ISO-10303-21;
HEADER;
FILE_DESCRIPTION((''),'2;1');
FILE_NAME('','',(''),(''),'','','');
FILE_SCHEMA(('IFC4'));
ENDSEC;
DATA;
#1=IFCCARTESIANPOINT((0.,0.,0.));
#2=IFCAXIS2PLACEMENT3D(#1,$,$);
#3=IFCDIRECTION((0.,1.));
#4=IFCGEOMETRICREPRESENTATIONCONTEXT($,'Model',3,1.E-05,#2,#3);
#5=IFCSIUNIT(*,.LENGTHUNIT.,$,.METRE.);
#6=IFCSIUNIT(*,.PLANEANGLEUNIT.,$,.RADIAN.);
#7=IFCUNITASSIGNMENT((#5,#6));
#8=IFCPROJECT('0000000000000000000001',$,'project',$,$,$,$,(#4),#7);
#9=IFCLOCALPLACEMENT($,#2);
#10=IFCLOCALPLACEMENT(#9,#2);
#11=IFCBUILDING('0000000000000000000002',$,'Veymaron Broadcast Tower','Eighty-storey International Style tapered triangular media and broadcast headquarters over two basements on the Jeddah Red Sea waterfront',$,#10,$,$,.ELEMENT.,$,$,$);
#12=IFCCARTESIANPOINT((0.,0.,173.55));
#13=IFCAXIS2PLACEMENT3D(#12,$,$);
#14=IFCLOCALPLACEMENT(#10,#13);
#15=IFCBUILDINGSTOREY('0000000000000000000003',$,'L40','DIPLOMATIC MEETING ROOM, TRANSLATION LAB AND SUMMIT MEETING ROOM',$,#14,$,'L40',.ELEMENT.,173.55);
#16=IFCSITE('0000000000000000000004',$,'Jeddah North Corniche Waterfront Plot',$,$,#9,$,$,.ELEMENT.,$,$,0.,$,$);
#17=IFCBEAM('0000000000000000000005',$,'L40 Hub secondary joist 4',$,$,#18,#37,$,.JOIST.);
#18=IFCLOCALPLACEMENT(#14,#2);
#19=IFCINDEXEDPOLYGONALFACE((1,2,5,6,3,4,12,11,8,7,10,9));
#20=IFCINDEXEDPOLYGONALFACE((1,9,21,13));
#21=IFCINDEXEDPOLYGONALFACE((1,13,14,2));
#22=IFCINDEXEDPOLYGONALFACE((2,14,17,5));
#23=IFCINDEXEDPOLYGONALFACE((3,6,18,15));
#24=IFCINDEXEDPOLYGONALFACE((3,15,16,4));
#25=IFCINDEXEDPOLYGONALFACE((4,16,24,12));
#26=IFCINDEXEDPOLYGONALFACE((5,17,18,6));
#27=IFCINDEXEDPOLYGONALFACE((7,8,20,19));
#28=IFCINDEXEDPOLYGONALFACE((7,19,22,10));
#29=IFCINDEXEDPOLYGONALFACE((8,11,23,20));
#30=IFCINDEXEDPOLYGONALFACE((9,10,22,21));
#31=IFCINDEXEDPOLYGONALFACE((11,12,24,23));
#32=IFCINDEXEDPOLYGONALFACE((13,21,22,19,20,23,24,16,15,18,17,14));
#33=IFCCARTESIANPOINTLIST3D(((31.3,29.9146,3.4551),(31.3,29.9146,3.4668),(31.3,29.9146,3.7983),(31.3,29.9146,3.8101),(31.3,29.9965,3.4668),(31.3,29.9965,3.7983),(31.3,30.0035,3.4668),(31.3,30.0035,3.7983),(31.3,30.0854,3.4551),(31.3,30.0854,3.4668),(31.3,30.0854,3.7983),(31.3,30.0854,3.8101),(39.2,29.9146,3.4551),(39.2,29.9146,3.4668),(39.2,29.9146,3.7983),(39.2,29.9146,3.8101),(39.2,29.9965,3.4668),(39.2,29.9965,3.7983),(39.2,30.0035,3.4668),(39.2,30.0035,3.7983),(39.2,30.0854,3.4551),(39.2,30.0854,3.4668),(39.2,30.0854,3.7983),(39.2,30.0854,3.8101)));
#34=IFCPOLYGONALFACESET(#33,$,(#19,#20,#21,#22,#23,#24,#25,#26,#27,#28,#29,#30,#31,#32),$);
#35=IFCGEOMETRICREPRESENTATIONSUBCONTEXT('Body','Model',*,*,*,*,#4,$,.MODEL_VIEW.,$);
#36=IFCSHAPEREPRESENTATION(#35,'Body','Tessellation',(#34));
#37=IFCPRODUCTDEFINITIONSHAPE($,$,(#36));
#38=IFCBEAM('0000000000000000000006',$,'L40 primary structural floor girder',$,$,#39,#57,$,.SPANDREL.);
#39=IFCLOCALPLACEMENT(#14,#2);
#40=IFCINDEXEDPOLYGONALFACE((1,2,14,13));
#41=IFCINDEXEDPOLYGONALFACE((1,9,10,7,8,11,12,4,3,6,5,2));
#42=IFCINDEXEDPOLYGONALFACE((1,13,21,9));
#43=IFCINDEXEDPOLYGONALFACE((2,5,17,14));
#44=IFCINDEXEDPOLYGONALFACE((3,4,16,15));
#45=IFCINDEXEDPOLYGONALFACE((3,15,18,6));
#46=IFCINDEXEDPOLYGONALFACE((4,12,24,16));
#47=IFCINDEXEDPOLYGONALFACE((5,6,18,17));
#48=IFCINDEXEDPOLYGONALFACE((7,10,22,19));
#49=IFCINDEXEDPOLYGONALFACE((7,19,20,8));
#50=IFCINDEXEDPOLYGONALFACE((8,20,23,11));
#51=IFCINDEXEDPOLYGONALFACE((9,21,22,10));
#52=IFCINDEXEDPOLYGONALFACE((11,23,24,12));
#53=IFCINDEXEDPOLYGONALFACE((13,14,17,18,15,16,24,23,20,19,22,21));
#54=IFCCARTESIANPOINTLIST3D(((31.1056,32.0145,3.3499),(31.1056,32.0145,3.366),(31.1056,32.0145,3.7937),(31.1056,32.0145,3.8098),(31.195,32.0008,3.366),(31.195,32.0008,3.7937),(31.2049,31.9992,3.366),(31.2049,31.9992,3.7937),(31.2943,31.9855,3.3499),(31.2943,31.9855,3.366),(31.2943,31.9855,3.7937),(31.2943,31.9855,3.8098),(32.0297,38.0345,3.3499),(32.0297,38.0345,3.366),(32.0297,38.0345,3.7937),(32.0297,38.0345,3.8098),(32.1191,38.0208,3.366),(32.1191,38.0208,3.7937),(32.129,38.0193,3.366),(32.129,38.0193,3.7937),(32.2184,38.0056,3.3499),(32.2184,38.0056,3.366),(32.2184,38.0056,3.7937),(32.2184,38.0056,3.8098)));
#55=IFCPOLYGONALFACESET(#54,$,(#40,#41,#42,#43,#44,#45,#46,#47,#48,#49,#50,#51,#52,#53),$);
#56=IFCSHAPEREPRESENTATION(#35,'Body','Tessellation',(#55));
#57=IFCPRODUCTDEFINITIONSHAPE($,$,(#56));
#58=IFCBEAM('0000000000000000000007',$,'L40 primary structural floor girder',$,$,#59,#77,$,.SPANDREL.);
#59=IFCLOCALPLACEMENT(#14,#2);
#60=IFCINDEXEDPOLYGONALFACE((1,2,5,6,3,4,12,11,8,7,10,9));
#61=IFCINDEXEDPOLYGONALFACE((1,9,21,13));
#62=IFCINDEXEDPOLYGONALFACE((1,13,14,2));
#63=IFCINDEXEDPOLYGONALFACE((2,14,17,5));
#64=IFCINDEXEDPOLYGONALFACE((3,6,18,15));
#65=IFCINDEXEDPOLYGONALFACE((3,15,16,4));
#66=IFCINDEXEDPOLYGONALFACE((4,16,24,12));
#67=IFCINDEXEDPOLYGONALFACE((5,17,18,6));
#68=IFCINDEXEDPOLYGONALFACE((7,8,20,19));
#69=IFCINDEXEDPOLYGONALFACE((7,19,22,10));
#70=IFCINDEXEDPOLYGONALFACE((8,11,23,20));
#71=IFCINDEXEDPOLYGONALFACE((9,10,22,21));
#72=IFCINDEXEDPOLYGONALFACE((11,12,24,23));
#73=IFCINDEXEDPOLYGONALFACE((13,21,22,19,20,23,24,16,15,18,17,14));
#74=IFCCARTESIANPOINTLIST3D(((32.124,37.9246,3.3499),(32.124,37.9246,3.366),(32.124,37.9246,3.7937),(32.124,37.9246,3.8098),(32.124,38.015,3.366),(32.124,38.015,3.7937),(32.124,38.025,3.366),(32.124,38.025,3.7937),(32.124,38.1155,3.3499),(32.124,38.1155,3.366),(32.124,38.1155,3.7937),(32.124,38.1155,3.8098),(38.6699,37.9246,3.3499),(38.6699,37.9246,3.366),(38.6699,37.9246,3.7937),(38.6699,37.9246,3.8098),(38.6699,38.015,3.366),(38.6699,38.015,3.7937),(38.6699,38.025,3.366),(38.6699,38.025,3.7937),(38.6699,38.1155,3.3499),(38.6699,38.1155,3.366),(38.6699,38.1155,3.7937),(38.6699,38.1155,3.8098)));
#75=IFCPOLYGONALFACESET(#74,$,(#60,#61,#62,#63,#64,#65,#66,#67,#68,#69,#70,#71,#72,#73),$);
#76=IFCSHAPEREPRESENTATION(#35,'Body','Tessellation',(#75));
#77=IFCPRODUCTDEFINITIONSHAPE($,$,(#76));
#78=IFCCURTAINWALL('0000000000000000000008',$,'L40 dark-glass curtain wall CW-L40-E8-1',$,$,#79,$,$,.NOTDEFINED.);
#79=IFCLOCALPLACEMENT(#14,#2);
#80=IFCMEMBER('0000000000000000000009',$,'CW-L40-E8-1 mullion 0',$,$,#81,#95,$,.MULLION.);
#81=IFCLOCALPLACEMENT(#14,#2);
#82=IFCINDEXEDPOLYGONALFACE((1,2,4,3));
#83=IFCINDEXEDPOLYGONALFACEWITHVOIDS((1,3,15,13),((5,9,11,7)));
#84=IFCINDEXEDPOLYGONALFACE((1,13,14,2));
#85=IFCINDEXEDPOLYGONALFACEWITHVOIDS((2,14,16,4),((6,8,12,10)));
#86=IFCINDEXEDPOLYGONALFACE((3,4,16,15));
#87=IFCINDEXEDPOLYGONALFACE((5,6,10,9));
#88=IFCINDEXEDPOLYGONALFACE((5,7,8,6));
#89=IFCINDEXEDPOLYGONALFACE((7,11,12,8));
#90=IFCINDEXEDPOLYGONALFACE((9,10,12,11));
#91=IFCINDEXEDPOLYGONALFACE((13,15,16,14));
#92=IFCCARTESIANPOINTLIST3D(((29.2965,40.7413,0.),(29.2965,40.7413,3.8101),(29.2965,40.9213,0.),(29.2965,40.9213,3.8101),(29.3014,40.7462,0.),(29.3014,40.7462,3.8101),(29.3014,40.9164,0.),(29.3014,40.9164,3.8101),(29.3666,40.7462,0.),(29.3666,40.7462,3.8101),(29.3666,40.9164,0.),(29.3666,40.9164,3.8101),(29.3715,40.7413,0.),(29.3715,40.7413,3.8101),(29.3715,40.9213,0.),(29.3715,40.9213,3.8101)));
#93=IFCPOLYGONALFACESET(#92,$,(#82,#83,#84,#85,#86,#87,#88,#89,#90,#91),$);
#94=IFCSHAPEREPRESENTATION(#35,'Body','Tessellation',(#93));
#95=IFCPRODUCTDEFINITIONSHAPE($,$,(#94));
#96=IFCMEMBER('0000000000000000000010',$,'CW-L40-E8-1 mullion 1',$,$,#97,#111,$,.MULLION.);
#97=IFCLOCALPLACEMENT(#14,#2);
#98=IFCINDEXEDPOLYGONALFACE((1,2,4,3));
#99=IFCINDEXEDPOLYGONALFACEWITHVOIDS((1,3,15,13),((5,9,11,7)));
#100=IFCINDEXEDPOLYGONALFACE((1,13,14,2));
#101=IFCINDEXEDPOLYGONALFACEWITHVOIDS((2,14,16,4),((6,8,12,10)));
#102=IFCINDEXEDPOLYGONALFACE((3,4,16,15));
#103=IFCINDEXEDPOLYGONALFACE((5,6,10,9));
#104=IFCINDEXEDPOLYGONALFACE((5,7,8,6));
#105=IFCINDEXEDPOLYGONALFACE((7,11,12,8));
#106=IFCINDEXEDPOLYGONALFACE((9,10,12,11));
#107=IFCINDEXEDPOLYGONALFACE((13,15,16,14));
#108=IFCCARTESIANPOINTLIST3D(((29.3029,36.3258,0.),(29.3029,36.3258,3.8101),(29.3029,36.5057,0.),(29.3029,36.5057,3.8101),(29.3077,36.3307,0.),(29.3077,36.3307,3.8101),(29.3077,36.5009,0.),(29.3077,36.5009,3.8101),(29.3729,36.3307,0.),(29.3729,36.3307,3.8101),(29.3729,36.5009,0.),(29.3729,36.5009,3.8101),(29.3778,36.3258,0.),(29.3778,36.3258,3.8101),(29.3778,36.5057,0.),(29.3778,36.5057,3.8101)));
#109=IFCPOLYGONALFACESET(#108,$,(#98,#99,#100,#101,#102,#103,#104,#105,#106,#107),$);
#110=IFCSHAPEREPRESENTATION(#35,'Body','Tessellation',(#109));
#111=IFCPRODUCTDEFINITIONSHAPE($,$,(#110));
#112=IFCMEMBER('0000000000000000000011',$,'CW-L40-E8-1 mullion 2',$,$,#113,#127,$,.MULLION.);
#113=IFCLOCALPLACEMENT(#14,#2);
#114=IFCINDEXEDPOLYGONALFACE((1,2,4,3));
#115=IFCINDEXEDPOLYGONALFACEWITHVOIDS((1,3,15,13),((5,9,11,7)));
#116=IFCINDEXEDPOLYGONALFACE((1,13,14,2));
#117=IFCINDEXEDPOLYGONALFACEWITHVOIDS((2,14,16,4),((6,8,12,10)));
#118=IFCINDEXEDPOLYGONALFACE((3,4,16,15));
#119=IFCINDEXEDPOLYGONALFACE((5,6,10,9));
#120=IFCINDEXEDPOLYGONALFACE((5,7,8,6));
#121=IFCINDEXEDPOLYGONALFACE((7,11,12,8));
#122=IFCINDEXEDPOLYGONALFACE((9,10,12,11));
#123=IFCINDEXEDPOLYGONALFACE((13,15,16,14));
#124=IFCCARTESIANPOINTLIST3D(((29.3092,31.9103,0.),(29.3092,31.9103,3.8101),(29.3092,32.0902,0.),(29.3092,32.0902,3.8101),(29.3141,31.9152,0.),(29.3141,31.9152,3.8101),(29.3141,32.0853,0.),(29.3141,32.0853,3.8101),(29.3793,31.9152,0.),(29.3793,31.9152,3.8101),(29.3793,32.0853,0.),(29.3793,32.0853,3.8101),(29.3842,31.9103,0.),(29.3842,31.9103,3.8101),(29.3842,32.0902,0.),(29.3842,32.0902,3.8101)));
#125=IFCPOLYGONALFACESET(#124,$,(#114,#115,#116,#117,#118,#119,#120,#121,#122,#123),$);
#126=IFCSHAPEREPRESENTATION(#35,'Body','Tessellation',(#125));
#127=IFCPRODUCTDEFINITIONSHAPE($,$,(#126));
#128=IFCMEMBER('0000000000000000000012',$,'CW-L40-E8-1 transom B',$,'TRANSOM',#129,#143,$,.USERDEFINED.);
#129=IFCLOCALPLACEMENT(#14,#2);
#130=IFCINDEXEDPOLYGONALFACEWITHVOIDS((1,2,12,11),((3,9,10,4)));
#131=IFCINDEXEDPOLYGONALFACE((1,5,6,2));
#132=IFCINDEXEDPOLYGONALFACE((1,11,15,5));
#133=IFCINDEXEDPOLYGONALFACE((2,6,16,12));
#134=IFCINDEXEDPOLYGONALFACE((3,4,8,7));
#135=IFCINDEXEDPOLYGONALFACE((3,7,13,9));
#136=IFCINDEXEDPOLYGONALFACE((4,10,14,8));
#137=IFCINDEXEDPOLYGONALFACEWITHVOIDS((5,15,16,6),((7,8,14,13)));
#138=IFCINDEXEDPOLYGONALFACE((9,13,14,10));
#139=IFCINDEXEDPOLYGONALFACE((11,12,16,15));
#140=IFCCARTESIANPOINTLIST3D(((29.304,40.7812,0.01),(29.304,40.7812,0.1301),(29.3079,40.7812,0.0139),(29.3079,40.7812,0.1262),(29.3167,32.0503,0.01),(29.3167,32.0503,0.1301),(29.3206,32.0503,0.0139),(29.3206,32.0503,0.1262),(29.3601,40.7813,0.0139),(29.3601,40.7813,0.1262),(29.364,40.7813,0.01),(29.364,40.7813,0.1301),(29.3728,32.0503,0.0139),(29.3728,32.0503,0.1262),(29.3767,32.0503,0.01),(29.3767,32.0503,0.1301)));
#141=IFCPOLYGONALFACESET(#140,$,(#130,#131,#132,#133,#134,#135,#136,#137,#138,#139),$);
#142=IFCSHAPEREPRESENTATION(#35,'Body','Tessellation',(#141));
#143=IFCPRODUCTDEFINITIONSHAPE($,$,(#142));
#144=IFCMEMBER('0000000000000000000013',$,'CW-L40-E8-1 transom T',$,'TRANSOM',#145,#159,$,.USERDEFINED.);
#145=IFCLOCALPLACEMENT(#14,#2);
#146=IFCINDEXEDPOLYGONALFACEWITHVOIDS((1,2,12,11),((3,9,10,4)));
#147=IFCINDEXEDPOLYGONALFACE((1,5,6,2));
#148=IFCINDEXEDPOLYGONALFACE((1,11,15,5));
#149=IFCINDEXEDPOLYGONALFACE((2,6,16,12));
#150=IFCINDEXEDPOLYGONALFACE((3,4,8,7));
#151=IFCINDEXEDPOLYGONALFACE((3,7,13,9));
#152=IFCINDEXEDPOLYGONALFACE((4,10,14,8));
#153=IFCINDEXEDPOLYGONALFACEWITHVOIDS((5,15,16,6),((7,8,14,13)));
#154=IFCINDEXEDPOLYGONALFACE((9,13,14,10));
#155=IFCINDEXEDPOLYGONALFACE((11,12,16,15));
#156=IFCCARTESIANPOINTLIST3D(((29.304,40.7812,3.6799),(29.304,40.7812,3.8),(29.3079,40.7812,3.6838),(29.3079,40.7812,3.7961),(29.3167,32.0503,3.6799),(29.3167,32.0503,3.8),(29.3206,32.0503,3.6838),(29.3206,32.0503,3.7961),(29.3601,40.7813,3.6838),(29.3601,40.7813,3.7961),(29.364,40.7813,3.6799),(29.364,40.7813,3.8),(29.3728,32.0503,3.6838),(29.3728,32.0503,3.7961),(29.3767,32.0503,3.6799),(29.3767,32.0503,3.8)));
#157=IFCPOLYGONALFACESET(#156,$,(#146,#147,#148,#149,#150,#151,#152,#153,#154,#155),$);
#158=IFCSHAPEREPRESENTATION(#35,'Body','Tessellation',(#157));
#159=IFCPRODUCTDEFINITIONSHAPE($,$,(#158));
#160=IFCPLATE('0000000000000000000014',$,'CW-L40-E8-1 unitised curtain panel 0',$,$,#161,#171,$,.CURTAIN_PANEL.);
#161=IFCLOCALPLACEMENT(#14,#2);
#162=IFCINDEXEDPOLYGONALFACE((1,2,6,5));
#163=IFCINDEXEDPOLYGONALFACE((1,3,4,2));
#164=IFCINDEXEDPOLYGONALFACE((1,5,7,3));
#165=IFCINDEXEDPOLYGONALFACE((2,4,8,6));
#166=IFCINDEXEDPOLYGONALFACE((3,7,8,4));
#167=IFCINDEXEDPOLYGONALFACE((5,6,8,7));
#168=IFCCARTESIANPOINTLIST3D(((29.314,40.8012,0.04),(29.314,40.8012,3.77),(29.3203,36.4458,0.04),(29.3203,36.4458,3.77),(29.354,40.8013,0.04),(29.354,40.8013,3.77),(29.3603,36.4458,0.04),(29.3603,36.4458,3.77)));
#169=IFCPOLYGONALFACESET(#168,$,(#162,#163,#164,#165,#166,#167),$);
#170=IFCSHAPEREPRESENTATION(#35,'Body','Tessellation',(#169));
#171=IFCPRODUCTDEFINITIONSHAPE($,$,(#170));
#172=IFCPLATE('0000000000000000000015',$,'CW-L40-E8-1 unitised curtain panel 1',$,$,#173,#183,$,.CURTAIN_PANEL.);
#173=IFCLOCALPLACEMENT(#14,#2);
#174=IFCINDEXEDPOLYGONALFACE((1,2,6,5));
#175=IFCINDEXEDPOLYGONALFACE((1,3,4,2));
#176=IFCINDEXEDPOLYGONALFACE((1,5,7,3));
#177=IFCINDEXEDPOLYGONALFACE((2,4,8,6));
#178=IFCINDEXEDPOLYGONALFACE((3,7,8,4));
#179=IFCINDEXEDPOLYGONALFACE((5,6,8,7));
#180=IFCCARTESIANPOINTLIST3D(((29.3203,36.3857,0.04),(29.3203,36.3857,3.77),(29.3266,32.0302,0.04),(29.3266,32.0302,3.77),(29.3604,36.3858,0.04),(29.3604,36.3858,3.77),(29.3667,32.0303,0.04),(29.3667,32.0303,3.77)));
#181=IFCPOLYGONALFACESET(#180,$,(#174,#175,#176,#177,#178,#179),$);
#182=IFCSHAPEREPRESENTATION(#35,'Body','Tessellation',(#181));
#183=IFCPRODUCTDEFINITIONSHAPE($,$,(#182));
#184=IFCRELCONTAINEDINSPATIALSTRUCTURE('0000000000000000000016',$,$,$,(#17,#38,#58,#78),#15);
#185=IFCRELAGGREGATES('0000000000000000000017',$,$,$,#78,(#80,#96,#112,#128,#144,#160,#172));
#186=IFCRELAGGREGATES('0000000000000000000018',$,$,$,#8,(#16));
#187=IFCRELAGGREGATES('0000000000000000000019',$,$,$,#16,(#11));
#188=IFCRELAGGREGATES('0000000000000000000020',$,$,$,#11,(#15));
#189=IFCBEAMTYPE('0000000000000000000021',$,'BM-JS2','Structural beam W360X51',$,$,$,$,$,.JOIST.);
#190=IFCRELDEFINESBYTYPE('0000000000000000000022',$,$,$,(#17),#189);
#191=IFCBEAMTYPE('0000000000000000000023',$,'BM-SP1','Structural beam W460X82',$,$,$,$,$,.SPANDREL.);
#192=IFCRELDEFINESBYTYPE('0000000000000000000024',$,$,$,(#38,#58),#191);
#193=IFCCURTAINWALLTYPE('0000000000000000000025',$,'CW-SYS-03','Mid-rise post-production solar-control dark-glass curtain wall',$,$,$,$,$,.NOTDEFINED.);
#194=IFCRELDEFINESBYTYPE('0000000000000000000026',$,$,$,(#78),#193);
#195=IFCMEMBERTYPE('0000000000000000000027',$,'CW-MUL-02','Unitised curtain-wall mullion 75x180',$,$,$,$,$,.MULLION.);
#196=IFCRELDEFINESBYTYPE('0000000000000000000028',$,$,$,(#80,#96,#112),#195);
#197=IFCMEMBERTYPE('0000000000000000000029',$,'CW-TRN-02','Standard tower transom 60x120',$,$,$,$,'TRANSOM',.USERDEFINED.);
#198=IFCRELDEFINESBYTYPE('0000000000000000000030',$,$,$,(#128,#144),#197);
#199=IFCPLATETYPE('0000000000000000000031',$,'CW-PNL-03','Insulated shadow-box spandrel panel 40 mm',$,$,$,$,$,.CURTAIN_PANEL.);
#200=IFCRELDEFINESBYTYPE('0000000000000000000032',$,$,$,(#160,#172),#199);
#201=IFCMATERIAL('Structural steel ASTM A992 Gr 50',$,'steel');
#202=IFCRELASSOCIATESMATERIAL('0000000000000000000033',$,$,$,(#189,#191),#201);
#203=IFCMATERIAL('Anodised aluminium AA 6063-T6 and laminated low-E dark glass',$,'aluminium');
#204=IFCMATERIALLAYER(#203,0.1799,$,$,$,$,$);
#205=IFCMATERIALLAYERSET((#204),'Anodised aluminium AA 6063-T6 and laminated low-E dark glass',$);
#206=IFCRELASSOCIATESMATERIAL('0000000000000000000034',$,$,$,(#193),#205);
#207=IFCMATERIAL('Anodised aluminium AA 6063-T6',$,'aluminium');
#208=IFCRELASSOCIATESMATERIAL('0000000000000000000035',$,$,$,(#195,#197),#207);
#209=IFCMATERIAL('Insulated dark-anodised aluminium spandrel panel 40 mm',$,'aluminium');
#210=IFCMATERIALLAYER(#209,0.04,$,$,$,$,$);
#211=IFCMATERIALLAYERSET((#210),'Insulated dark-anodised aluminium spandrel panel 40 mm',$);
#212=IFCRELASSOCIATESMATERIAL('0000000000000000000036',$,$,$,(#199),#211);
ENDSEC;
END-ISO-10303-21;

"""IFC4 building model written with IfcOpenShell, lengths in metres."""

from ifc_helpers import new_model, si_unit, direction, frame, origin, origin_2d, place, context, subcontext, project, spatial, rectangle, hollow_rectangle, i_section, extrude, material, layer, layer_set, material_profile, profile_set, type_object, element, aggregate, save


model = new_model("IFC4")

# Units and contexts
model_context = context("Model", 3, precision=1e-05, world=origin(), true_north=direction((0.0, 1.0)))
body_context = subcontext(model_context, "Body", "Model", "MODEL_VIEW")
ifc_project = project(units=[si_unit("LENGTHUNIT", "METRE"), si_unit("PLANEANGLEUNIT", "RADIAN")], contexts=[model_context])

# Site, building, storey
site_placement = place(None, origin())
site = spatial("IfcSite", under=ifc_project, at=site_placement, Name="Jeddah North Corniche Waterfront Plot", CompositionType="ELEMENT", RefElevation=0.0)
building_placement = place(site_placement, origin())
building = spatial("IfcBuilding", under=site, at=building_placement, Name="Veymaron Broadcast Tower", Description="Eighty-storey International Style tapered triangular media and broadcast headquarters over two basements on the Jeddah Red Sea waterfront", CompositionType="ELEMENT")
storey_placement = place(building_placement, frame((0.0, 0.0, 173.55)))
storey = spatial("IfcBuildingStorey", under=building, at=storey_placement, Name="L40", Description="DIPLOMATIC MEETING ROOM, TRANSLATION LAB AND SUMMIT MEETING ROOM", LongName="L40", CompositionType="ELEMENT", Elevation=173.55)

# Shared definitions
ifc_material_1 = material(Name="Structural steel ASTM A992 Gr 50", Category="steel")

# Beams
ifc_material_profile_1 = material_profile(ifc_material_1, i_section(OverallWidth=0.1709, OverallDepth=0.355, WebThickness=0.0071, FlangeThickness=0.0117, at=origin_2d()), Name="W360X51")
ifc_profile_set_1 = profile_set([ifc_material_profile_1], Name="Structural steel ASTM A992 Gr 50")
beam_type_1 = type_object("IfcBeamType", Name="BM-JS2", Description="Structural beam W360X51", PredefinedType="JOIST", material=ifc_profile_set_1)
for number, where, z_axis, x_axis, name in (
    (1, (31.3, 30.0, 3.6326), (1.0, 0.0, 0.0), (0.0, 1.0, 0.0), "L40 Hub secondary joist 4"),
):
    element("IfcBeam", number, at=place(storey_placement, frame(where, z_axis=z_axis, x_axis=x_axis)), inside=storey, type_object=beam_type_1, Name=name, PredefinedType="JOIST", context=body_context, shape_type="SweptSolid", body=[
        extrude(i_section(OverallWidth=0.1709, OverallDepth=0.355, WebThickness=0.0071, FlangeThickness=0.0117, at=origin_2d()), origin(), (0.0, 0.0, 1.0), 7.8999),
    ])
ifc_material_profile_2 = material_profile(ifc_material_1, i_section(OverallWidth=0.1909, OverallDepth=0.46, WebThickness=0.01, FlangeThickness=0.0161, at=origin_2d()), Name="W460X82")
ifc_profile_set_2 = profile_set([ifc_material_profile_2], Name="Structural steel ASTM A992 Gr 50")
beam_type_2 = type_object("IfcBeamType", Name="BM-SP1", Description="Structural beam W460X82", PredefinedType="SPANDREL", material=ifc_profile_set_2)
beam_1_placement = place(storey_placement, frame((31.2, 32.0, 3.5798), z_axis=(0.151723, 0.988423, 0.0), x_axis=(-0.988423, 0.151723, 0.0)))
element("IfcBeam", 2, at=beam_1_placement, inside=storey, type_object=beam_type_2, Name="L40 primary structural floor girder", PredefinedType="SPANDREL", context=body_context, shape_type="SweptSolid", body=[
    extrude(i_section(OverallWidth=0.1909, OverallDepth=0.46, WebThickness=0.01, FlangeThickness=0.0161, at=origin_2d()), origin(), (0.0, 0.0, 1.0), 6.0906),
])
beam_2_placement = place(storey_placement, frame((32.124, 38.02, 3.5798), z_axis=(1.0, 0.0, 0.0), x_axis=(0.0, 1.0, 0.0)))
element("IfcBeam", 3, at=beam_2_placement, inside=storey, type_object=beam_type_2, Name="L40 primary structural floor girder", PredefinedType="SPANDREL", context=body_context, shape_type="SweptSolid", body=[
    extrude(i_section(OverallWidth=0.1909, OverallDepth=0.46, WebThickness=0.01, FlangeThickness=0.0161, at=origin_2d()), origin(), (0.0, 0.0, 1.0), 6.5459),
])

# Curtain wall, members, plates
ifc_material_2 = material(Name="Anodised aluminium AA 6063-T6 and laminated low-E dark glass", Category="aluminium")
ifc_layer_1 = layer(ifc_material_2, 0.1799)
ifc_layer_set_1 = layer_set([ifc_layer_1], Name="Anodised aluminium AA 6063-T6 and laminated low-E dark glass")
curtain_wall_type = type_object("IfcCurtainWallType", Name="CW-SYS-03", Description="Mid-rise post-production solar-control dark-glass curtain wall", PredefinedType="NOTDEFINED", material=ifc_layer_set_1)
curtain_wall_placement = place(storey_placement, origin())
curtain_wall = element("IfcCurtainWall", 4, at=curtain_wall_placement, inside=storey, type_object=curtain_wall_type, Name="L40 dark-glass curtain wall CW-L40-E8-1", PredefinedType="NOTDEFINED")
ifc_material_3 = material(Name="Anodised aluminium AA 6063-T6", Category="aluminium")
ifc_material_profile_3 = material_profile(ifc_material_3, hollow_rectangle(XDim=0.075, YDim=0.1799, WallThickness=0.0049, at=origin_2d()), Name="AL180X75X5")
ifc_profile_set_3 = profile_set([ifc_material_profile_3], Name="Anodised aluminium AA 6063-T6")
member_type_1 = type_object("IfcMemberType", Name="CW-MUL-02", Description="Unitised curtain-wall mullion 75x180", PredefinedType="MULLION", material=ifc_profile_set_3)
member_1_placement = place(storey_placement, frame((29.334, 40.8313, 0.0), z_axis=(0.0, 0.0, 1.0), x_axis=(1.0, 0.0, 0.0)))
member_1 = element("IfcMember", 5, at=member_1_placement, type_object=member_type_1, Name="CW-L40-E8-1 mullion 0", PredefinedType="MULLION", context=body_context, shape_type="SweptSolid", body=[
    extrude(hollow_rectangle(XDim=0.075, YDim=0.1799, WallThickness=0.0049, at=origin_2d()), origin(), (0.0, 0.0, 1.0), 3.8101),
])
member_2_placement = place(storey_placement, frame((29.3403, 36.4158, 0.0), z_axis=(0.0, 0.0, 1.0), x_axis=(1.0, 0.0, 0.0)))
member_2 = element("IfcMember", 6, at=member_2_placement, type_object=member_type_1, Name="CW-L40-E8-1 mullion 1", PredefinedType="MULLION", context=body_context, shape_type="SweptSolid", body=[
    extrude(hollow_rectangle(XDim=0.075, YDim=0.1799, WallThickness=0.0049, at=origin_2d()), origin(), (0.0, 0.0, 1.0), 3.8101),
])
member_3_placement = place(storey_placement, frame((29.3467, 32.0002, 0.0), z_axis=(0.0, 0.0, 1.0), x_axis=(1.0, 0.0, 0.0)))
member_3 = element("IfcMember", 7, at=member_3_placement, type_object=member_type_1, Name="CW-L40-E8-1 mullion 2", PredefinedType="MULLION", context=body_context, shape_type="SweptSolid", body=[
    extrude(hollow_rectangle(XDim=0.075, YDim=0.1799, WallThickness=0.0049, at=origin_2d()), origin(), (0.0, 0.0, 1.0), 3.8101),
])
ifc_material_profile_4 = material_profile(ifc_material_3, hollow_rectangle(XDim=0.0601, YDim=0.1201, WallThickness=0.0039, at=origin_2d()), Name="AL120X60X4")
ifc_profile_set_4 = profile_set([ifc_material_profile_4], Name="Anodised aluminium AA 6063-T6")
member_type_2 = type_object("IfcMemberType", Name="CW-TRN-02", Description="Standard tower transom 60x120", ElementType="TRANSOM", PredefinedType="USERDEFINED", material=ifc_profile_set_4)
member_4_placement = place(storey_placement, frame((29.334, 40.7812, 0.0701), z_axis=(0.001454, -0.999999, 0.0), x_axis=(0.999999, 0.001454, 0.0)))
member_4 = element("IfcMember", 8, at=member_4_placement, type_object=member_type_2, Name="CW-L40-E8-1 transom B", ObjectType="TRANSOM", PredefinedType="USERDEFINED", context=body_context, shape_type="SweptSolid", body=[
    extrude(hollow_rectangle(XDim=0.0601, YDim=0.1201, WallThickness=0.0039, at=origin_2d()), origin(), (0.0, 0.0, 1.0), 8.731),
])
member_5_placement = place(storey_placement, frame((29.334, 40.7812, 3.74), z_axis=(0.001454, -0.999999, 0.0), x_axis=(0.999999, 0.001454, 0.0)))
member_5 = element("IfcMember", 9, at=member_5_placement, type_object=member_type_2, Name="CW-L40-E8-1 transom T", ObjectType="TRANSOM", PredefinedType="USERDEFINED", context=body_context, shape_type="SweptSolid", body=[
    extrude(hollow_rectangle(XDim=0.0601, YDim=0.1201, WallThickness=0.0039, at=origin_2d()), origin(), (0.0, 0.0, 1.0), 8.731),
])
ifc_material_4 = material(Name="Insulated dark-anodised aluminium spandrel panel 40 mm", Category="aluminium")
ifc_layer_2 = layer(ifc_material_4, 0.04)
ifc_layer_set_2 = layer_set([ifc_layer_2], Name="Insulated dark-anodised aluminium spandrel panel 40 mm")
plate_type = type_object("IfcPlateType", Name="CW-PNL-03", Description="Insulated shadow-box spandrel panel 40 mm", PredefinedType="CURTAIN_PANEL", material=ifc_layer_set_2)
plate_1_placement = place(storey_placement, frame((29.3372, 38.6235, 0.04), z_axis=(0.0, 0.0, 1.0), x_axis=(0.001449, -0.999999, 0.0)))
plate_1 = element("IfcPlate", 10, at=plate_1_placement, type_object=plate_type, Name="CW-L40-E8-1 unitised curtain panel 0", PredefinedType="CURTAIN_PANEL", context=body_context, shape_type="SweptSolid", body=[
    extrude(rectangle(XDim=4.3555, YDim=0.04, at=origin_2d()), origin(), (0.0, 0.0, 1.0), 3.73),
])
plate_2_placement = place(storey_placement, frame((29.3435, 34.208, 0.04), z_axis=(0.0, 0.0, 1.0), x_axis=(0.001449, -0.999999, 0.0)))
plate_2 = element("IfcPlate", 11, at=plate_2_placement, type_object=plate_type, Name="CW-L40-E8-1 unitised curtain panel 1", PredefinedType="CURTAIN_PANEL", context=body_context, shape_type="SweptSolid", body=[
    extrude(rectangle(XDim=4.3555, YDim=0.04, at=origin_2d()), origin(), (0.0, 0.0, 1.0), 3.73),
])
aggregate(curtain_wall, [member_1, member_2, member_3, member_4, member_5, plate_1, plate_2])

save(model, "model.ifc")
